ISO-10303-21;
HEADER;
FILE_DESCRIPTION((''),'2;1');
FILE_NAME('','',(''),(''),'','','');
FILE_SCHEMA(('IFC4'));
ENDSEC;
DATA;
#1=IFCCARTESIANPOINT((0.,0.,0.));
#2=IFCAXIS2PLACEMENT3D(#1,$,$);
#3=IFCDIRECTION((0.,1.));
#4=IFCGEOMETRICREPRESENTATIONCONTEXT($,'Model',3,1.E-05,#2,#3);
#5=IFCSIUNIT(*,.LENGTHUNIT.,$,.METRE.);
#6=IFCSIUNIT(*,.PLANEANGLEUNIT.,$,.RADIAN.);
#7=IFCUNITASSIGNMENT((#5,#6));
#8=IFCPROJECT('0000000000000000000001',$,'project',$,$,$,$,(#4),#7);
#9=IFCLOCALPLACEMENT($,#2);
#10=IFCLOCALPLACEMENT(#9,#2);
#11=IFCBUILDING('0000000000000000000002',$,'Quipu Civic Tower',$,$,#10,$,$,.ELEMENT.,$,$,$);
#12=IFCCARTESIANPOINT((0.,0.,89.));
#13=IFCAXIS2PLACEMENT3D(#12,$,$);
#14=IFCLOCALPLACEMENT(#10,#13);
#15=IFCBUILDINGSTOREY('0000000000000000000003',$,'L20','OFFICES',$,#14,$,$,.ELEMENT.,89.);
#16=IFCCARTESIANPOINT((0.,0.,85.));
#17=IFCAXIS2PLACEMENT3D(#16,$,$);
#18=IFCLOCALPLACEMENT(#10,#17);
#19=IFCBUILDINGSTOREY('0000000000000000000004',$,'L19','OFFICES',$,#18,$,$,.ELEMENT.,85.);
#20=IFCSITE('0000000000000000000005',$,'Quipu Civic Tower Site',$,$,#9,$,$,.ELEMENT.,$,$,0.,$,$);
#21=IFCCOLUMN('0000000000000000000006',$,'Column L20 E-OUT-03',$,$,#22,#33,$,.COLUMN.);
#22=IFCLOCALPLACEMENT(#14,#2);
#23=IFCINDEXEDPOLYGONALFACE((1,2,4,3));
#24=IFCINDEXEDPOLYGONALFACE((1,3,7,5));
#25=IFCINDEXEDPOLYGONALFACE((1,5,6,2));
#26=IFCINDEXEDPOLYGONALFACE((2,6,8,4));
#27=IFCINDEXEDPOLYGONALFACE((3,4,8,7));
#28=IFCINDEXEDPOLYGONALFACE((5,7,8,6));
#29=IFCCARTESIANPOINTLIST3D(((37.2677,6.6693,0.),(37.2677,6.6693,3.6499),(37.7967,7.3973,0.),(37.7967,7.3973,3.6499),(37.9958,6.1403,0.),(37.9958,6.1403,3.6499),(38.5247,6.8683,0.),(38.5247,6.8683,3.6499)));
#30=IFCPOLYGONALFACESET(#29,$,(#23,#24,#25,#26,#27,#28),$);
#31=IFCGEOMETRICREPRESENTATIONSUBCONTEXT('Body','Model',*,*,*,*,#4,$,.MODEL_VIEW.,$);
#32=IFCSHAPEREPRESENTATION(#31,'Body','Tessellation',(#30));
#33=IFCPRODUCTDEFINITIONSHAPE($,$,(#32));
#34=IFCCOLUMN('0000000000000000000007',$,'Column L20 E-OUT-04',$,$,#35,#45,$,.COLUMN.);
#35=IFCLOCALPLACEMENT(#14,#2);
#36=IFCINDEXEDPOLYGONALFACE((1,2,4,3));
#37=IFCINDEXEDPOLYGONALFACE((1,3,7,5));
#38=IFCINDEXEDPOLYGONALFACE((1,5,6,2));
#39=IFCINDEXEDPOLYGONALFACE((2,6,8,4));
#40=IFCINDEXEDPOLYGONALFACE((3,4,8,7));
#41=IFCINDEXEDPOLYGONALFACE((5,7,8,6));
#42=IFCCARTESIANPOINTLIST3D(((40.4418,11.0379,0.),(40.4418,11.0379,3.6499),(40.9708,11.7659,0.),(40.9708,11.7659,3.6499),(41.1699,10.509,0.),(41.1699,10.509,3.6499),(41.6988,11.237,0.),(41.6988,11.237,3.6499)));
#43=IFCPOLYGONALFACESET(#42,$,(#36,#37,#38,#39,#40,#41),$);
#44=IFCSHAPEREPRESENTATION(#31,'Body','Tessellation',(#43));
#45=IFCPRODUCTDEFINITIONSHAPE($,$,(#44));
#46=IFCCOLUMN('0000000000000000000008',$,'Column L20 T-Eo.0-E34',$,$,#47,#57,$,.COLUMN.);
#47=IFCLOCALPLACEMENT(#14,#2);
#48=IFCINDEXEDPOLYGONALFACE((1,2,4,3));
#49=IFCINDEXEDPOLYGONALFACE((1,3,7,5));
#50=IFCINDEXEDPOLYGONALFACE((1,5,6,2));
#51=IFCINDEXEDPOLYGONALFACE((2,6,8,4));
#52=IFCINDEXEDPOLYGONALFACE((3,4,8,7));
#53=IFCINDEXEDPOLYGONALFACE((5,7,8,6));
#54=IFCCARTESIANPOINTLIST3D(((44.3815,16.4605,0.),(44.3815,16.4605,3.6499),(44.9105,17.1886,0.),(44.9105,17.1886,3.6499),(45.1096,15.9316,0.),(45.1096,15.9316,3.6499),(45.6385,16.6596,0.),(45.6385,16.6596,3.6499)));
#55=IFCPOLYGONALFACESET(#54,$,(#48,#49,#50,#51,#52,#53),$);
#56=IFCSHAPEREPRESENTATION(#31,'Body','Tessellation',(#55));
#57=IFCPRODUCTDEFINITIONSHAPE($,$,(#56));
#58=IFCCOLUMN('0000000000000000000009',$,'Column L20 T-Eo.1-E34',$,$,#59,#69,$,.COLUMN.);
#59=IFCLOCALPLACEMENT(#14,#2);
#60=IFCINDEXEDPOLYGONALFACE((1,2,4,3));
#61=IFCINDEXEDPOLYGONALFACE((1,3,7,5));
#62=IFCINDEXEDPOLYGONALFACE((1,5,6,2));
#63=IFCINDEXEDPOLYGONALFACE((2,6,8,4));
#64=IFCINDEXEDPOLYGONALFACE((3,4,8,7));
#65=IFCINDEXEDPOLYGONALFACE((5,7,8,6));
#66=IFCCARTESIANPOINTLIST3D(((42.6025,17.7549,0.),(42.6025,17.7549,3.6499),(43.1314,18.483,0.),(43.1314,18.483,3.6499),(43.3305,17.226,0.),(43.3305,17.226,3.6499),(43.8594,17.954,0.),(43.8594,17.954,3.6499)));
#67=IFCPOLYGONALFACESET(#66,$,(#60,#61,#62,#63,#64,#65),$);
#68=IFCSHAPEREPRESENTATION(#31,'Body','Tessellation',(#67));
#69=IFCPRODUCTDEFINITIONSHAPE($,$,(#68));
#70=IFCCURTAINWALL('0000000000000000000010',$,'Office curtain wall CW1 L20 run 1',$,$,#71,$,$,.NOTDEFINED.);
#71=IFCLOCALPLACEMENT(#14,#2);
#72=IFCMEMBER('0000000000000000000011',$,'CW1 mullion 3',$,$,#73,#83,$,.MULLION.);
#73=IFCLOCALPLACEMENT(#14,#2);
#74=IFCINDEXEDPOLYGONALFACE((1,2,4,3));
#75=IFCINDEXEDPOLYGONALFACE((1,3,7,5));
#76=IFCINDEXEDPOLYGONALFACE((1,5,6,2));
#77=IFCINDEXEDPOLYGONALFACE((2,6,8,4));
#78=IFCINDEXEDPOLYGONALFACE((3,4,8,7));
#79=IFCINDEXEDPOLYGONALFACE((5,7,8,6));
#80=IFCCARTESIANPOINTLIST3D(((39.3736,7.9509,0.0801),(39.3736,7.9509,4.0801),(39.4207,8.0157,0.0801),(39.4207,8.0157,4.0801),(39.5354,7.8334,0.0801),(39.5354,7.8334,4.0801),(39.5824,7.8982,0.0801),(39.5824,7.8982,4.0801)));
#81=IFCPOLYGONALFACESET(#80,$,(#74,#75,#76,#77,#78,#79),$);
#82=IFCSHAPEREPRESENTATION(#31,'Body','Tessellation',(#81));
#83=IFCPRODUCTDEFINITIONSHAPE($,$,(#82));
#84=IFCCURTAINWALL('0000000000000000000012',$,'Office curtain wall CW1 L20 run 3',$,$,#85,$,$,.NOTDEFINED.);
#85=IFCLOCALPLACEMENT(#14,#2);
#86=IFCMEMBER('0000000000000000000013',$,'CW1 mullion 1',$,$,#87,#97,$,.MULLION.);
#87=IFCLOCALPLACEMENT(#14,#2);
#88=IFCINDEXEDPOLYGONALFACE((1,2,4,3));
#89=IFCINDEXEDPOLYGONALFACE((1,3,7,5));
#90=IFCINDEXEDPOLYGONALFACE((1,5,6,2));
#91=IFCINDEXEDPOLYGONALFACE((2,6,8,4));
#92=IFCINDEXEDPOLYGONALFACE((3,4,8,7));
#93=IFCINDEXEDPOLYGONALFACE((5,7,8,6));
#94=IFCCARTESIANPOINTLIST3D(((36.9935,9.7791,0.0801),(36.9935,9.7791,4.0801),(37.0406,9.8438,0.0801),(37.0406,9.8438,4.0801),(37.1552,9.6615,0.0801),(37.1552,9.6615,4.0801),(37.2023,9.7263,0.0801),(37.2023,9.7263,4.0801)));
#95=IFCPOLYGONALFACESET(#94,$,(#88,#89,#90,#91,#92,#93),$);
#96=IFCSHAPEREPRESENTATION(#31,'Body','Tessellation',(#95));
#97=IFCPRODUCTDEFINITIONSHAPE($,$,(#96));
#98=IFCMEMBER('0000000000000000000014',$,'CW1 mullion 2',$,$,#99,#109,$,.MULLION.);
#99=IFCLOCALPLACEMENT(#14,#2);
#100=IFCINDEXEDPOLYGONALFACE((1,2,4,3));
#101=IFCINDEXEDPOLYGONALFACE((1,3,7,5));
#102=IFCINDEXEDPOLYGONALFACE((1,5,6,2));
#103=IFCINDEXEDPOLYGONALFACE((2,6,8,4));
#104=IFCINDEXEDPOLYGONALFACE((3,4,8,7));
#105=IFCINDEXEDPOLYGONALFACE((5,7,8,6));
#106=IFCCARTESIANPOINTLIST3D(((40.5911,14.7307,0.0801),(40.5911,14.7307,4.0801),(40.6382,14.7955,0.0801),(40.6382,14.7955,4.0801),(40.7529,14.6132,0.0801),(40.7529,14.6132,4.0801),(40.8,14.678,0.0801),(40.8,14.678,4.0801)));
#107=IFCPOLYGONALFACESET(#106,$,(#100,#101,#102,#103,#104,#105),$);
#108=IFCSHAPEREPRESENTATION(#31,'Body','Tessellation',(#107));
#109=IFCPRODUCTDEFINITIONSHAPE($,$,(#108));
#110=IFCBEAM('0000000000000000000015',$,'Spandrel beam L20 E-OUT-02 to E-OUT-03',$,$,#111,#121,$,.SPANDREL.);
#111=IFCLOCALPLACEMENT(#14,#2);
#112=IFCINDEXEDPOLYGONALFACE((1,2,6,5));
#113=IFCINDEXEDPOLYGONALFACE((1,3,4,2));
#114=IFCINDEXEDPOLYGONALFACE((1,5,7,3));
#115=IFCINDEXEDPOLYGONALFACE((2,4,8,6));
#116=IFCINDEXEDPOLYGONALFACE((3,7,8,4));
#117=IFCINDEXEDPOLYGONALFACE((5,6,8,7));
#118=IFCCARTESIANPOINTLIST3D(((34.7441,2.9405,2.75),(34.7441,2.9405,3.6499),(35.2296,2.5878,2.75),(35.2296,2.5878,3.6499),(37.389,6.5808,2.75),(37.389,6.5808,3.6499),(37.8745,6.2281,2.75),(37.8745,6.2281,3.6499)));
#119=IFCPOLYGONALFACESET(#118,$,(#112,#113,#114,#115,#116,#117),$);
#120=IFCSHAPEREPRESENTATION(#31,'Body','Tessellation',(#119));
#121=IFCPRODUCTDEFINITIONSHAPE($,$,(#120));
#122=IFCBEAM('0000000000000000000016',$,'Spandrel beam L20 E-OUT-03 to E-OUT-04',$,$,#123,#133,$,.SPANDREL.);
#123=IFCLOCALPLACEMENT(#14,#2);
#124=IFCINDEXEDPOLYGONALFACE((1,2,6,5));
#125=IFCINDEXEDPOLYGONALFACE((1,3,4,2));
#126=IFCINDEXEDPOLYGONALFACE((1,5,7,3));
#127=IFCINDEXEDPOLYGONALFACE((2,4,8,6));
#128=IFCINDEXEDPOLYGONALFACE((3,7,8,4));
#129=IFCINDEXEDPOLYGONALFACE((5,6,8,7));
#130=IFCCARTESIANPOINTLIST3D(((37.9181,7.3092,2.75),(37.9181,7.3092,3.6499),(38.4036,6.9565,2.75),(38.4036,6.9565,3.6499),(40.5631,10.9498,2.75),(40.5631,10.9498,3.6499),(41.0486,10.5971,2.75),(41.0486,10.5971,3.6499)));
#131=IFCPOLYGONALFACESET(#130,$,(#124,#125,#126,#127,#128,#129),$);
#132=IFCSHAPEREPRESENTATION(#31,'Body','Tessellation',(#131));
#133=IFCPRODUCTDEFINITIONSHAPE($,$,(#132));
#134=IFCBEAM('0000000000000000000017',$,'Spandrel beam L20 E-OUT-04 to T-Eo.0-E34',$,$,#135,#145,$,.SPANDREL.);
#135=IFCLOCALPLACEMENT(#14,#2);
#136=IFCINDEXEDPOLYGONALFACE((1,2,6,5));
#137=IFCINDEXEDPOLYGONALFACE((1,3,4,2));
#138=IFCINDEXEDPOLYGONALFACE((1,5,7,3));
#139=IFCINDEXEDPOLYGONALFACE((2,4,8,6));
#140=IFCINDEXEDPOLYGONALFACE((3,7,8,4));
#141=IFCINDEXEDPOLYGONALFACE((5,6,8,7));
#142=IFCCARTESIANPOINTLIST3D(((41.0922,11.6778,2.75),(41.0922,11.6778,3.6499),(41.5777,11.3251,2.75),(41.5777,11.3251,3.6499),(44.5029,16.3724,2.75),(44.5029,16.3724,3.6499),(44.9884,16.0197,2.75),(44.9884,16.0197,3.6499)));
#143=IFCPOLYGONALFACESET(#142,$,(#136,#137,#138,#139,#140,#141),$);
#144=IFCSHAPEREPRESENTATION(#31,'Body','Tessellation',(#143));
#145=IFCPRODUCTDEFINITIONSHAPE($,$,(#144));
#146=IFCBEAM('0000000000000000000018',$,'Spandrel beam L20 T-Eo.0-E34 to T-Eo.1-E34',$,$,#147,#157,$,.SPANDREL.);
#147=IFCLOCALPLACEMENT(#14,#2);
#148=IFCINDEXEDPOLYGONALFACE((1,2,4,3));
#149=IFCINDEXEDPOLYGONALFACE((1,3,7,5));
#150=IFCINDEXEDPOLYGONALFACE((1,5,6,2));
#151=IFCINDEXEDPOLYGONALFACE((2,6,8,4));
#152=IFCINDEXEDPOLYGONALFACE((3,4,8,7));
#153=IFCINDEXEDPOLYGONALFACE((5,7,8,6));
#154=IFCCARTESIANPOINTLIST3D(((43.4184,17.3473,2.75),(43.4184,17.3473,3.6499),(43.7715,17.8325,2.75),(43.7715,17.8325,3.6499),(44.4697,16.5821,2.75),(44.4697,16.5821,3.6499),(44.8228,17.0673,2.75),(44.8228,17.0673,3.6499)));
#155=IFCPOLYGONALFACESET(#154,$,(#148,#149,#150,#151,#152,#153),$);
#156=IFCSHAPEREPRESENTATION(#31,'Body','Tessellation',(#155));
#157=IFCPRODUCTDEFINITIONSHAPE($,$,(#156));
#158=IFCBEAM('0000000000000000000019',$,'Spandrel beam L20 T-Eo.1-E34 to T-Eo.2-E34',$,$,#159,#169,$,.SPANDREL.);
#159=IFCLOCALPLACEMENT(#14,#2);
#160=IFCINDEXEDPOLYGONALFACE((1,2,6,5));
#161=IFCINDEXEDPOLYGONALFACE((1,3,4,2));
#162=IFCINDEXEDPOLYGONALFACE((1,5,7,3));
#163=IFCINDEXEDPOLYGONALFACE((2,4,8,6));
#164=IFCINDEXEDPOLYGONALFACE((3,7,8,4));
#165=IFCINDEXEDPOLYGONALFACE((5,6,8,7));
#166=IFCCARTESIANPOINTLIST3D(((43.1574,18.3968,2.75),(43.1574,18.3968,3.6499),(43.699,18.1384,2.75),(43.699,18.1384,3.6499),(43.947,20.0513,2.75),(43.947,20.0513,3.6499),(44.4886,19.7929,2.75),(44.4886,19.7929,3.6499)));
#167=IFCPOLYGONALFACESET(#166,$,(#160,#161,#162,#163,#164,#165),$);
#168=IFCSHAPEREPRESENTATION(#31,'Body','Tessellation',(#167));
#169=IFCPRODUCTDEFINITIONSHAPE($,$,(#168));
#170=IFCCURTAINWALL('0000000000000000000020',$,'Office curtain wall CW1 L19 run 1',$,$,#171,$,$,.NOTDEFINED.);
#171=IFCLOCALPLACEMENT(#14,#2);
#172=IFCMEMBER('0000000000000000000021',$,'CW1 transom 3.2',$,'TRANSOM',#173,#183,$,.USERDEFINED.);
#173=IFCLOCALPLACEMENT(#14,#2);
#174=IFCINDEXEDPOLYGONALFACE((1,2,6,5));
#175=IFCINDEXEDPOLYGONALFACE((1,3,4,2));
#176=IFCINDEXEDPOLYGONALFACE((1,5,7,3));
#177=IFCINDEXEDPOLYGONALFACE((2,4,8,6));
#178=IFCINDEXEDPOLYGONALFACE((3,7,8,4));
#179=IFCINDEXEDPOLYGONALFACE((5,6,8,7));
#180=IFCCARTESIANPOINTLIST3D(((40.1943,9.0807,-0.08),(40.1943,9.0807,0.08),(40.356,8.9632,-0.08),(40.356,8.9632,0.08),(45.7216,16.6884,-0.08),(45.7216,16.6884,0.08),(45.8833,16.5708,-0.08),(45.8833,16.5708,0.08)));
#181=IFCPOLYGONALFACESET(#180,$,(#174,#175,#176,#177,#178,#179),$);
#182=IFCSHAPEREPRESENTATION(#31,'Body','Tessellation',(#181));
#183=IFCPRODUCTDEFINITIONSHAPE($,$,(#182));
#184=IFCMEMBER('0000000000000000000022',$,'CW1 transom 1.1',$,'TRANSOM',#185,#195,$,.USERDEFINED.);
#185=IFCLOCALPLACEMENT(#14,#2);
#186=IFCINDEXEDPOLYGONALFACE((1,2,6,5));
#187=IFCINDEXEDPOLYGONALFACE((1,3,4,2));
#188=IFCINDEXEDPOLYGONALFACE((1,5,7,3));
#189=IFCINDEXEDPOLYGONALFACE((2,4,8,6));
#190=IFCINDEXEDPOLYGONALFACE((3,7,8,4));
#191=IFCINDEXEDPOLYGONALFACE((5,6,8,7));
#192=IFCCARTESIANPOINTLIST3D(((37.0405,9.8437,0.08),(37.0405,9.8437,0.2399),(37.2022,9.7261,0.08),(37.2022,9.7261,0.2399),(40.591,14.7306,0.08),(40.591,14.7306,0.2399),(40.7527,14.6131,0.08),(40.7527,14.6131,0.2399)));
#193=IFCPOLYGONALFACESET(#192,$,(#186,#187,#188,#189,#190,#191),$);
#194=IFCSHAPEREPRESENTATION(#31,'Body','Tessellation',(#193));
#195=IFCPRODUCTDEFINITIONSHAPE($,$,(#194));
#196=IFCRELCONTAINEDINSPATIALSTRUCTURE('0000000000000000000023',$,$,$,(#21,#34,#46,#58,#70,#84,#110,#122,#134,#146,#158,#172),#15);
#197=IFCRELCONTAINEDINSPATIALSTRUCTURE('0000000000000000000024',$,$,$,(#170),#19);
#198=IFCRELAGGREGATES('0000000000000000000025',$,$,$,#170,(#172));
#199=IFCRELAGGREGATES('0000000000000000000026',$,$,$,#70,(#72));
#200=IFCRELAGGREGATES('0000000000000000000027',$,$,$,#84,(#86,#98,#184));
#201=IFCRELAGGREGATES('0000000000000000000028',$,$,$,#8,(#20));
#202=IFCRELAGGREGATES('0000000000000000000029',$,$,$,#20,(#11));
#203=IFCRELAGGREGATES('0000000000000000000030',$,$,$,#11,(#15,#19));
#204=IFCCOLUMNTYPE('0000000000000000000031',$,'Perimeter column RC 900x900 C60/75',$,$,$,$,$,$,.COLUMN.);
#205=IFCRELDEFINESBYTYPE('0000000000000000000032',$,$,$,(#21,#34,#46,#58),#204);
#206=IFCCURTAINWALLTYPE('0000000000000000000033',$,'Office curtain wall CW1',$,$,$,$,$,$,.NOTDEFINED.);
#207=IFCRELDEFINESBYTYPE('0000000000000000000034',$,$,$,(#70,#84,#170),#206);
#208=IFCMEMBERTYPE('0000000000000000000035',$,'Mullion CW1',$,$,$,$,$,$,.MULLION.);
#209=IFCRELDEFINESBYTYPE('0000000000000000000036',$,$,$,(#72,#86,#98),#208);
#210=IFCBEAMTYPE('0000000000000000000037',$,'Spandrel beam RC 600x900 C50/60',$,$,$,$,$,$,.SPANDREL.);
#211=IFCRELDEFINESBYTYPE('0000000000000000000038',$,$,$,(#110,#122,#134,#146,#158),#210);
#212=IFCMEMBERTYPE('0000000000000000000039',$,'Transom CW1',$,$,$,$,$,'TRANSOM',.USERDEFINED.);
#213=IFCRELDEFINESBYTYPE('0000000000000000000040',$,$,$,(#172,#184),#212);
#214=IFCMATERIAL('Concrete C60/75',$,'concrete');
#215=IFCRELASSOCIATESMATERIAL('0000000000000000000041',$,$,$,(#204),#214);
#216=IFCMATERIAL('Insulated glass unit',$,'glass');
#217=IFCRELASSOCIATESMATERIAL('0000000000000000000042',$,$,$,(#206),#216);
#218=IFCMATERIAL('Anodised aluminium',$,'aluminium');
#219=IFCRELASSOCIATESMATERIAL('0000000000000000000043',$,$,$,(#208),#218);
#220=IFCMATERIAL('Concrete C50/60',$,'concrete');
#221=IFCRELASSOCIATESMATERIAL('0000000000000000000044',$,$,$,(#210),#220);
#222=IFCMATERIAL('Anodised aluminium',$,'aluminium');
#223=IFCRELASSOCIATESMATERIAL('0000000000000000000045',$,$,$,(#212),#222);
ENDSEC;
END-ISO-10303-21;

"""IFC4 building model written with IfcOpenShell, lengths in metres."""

from ifc_helpers import new_model, si_unit, direction, frame, origin, origin_2d, place, context, subcontext, project, spatial, rectangle, extrude, material, material_profile, profile_set, type_object, element, aggregate, save


model = new_model("IFC4")

# Units and contexts
model_context = context("Model", 3, precision=1e-05, world=origin(), true_north=direction((0.0, 1.0)))
body_context = subcontext(model_context, "Body", "Model", "MODEL_VIEW")
ifc_project = project(units=[si_unit("LENGTHUNIT", "METRE"), si_unit("PLANEANGLEUNIT", "RADIAN")], contexts=[model_context])

# Site, building, storey
site_placement = place(None, origin())
site = spatial("IfcSite", under=ifc_project, at=site_placement, Name="Quipu Civic Tower Site", CompositionType="ELEMENT", RefElevation=0.0)
building_placement = place(site_placement, origin())
building = spatial("IfcBuilding", under=site, at=building_placement, Name="Quipu Civic Tower", CompositionType="ELEMENT")
storey_1_placement = place(building_placement, frame((0.0, 0.0, 89.0)))
storey_1 = spatial("IfcBuildingStorey", under=building, at=storey_1_placement, Name="L20", Description="OFFICES", CompositionType="ELEMENT", Elevation=89.0)

# Columns
ifc_material_1 = material(Name="Concrete C60/75", Category="concrete")
ifc_material_profile_1 = material_profile(ifc_material_1, rectangle(XDim=0.8999, YDim=0.8999, at=origin_2d()), Name="RC900x900")
ifc_profile_set_1 = profile_set([ifc_material_profile_1], Name="Concrete C60/75")
column_type = type_object("IfcColumnType", Name="Perimeter column RC 900x900 C60/75", PredefinedType="COLUMN", material=ifc_profile_set_1)
for number, where, z_axis, x_axis, name in (
    (1, (37.8962, 6.7688, 0.0), (0.0, 0.0, 1.0), (0.587785, 0.809017, 0.0), "Column L20 E-OUT-03"),
    (2, (41.0703, 11.1375, 0.0), (0.0, 0.0, 1.0), (0.587785, 0.809017, 0.0), "Column L20 E-OUT-04"),
    (3, (45.01, 16.5601, 0.0), (0.0, 0.0, 1.0), (0.587785, 0.809017, 0.0), "Column L20 T-Eo.0-E34"),
    (4, (43.231, 17.8545, 0.0), (0.0, 0.0, 1.0), (0.587785, 0.809017, 0.0), "Column L20 T-Eo.1-E34"),
):
    element("IfcColumn", number, at=place(storey_1_placement, frame(where, z_axis=z_axis, x_axis=x_axis)), inside=storey_1, type_object=column_type, Name=name, PredefinedType="COLUMN", context=body_context, shape_type="SweptSolid", body=[
        extrude(rectangle(XDim=0.8999, YDim=0.8999, at=origin_2d()), origin(), (0.0, 0.0, 1.0), 3.6499),
    ])

# Curtain wall, member
ifc_material_2 = material(Name="Insulated glass unit", Category="glass")
curtain_wall_type = type_object("IfcCurtainWallType", Name="Office curtain wall CW1", PredefinedType="NOTDEFINED", material=ifc_material_2)
curtain_wall_1_placement = place(storey_1_placement, origin())
curtain_wall_1 = element("IfcCurtainWall", 5, at=curtain_wall_1_placement, inside=storey_1, type_object=curtain_wall_type, Name="Office curtain wall CW1 L20 run 1", PredefinedType="NOTDEFINED")
ifc_material_3 = material(Name="Anodised aluminium", Category="aluminium")
ifc_material_profile_2 = material_profile(ifc_material_3, rectangle(XDim=0.2, YDim=0.0801, at=origin_2d()), Name="RECT 200x80")
ifc_profile_set_2 = profile_set([ifc_material_profile_2], Name="Anodised aluminium")
member_type_1 = type_object("IfcMemberType", Name="Mullion CW1", PredefinedType="MULLION", material=ifc_profile_set_2)
member_1_placement = place(storey_1_placement, frame((39.478, 7.9246, 0.0801), z_axis=(0.0, 0.0, 1.0), x_axis=(-0.809016, 0.587786, 0.0)))
member_1 = element("IfcMember", 6, at=member_1_placement, type_object=member_type_1, Name="CW1 mullion 3", PredefinedType="MULLION", context=body_context, shape_type="SweptSolid", body=[
    extrude(rectangle(XDim=0.2, YDim=0.0801, at=origin_2d()), origin(), (0.0, 0.0, 1.0), 4.0),
])

# Curtain wall, members
curtain_wall_2_placement = place(storey_1_placement, origin())
curtain_wall_2 = element("IfcCurtainWall", 7, at=curtain_wall_2_placement, inside=storey_1, type_object=curtain_wall_type, Name="Office curtain wall CW1 L20 run 3", PredefinedType="NOTDEFINED")
member_2_placement = place(storey_1_placement, frame((37.0979, 9.7527, 0.0801), z_axis=(0.0, 0.0, 1.0), x_axis=(-0.809014, 0.58779, 0.0)))
member_2 = element("IfcMember", 8, at=member_2_placement, type_object=member_type_1, Name="CW1 mullion 1", PredefinedType="MULLION", context=body_context, shape_type="SweptSolid", body=[
    extrude(rectangle(XDim=0.2, YDim=0.0801, at=origin_2d()), origin(), (0.0, 0.0, 1.0), 4.0),
])
member_3_placement = place(storey_1_placement, frame((40.6956, 14.7043, 0.0801), z_axis=(0.0, 0.0, 1.0), x_axis=(-0.809014, 0.58779, 0.0)))
member_3 = element("IfcMember", 9, at=member_3_placement, type_object=member_type_1, Name="CW1 mullion 2", PredefinedType="MULLION", context=body_context, shape_type="SweptSolid", body=[
    extrude(rectangle(XDim=0.2, YDim=0.0801, at=origin_2d()), origin(), (0.0, 0.0, 1.0), 4.0),
])

# Beams
ifc_material_4 = material(Name="Concrete C50/60", Category="concrete")
ifc_material_profile_3 = material_profile(ifc_material_4, rectangle(XDim=0.6001, YDim=0.8999, at=origin_2d()), Name="RC600x900")
ifc_profile_set_3 = profile_set([ifc_material_profile_3], Name="Concrete C50/60")
beam_type = type_object("IfcBeamType", Name="Spandrel beam RC 600x900 C50/60", PredefinedType="SPANDREL", material=ifc_profile_set_3)
beam_1_placement = place(storey_1_placement, frame((34.9868, 2.7642, 3.2), z_axis=(0.587804, 0.809003, 0.0), x_axis=(-0.809003, 0.587804, 0.0)))
element("IfcBeam", 10, at=beam_1_placement, inside=storey_1, type_object=beam_type, Name="Spandrel beam L20 E-OUT-02 to E-OUT-03", PredefinedType="SPANDREL", context=body_context, shape_type="SweptSolid", body=[
    extrude(rectangle(XDim=0.6001, YDim=0.8999, at=origin_2d()), origin(), (0.0, 0.0, 1.0), 4.4998),
])
beam_2_placement = place(storey_1_placement, frame((38.1609, 7.1328, 3.2), z_axis=(0.587778, 0.809022, 0.0), x_axis=(-0.809022, 0.587778, 0.0)))
element("IfcBeam", 11, at=beam_2_placement, inside=storey_1, type_object=beam_type, Name="Spandrel beam L20 E-OUT-03 to E-OUT-04", PredefinedType="SPANDREL", context=body_context, shape_type="SweptSolid", body=[
    extrude(rectangle(XDim=0.6001, YDim=0.8999, at=origin_2d()), origin(), (0.0, 0.0, 1.0), 4.5),
])
beam_3_placement = place(storey_1_placement, frame((41.335, 11.5015, 3.2), z_axis=(0.587766, 0.809031, 0.0), x_axis=(-0.809031, 0.587766, 0.0)))
element("IfcBeam", 12, at=beam_3_placement, inside=storey_1, type_object=beam_type, Name="Spandrel beam L20 E-OUT-04 to T-Eo.0-E34", PredefinedType="SPANDREL", context=body_context, shape_type="SweptSolid", body=[
    extrude(rectangle(XDim=0.6001, YDim=0.8999, at=origin_2d()), origin(), (0.0, 0.0, 1.0), 5.8027),
])
beam_4_placement = place(storey_1_placement, frame((44.6462, 16.8247, 3.2), z_axis=(-0.808525, 0.588462, 0.0), x_axis=(-0.588462, -0.808525, 0.0)))
element("IfcBeam", 13, at=beam_4_placement, inside=storey_1, type_object=beam_type, Name="Spandrel beam L20 T-Eo.0-E34 to T-Eo.1-E34", PredefinedType="SPANDREL", context=body_context, shape_type="SweptSolid", body=[
    extrude(rectangle(XDim=0.6001, YDim=0.8999, at=origin_2d()), origin(), (0.0, 0.0, 1.0), 1.3003),
])
beam_5_placement = place(storey_1_placement, frame((43.4282, 18.2676, 3.2), z_axis=(0.430678, 0.902506, 0.0), x_axis=(-0.902506, 0.430678, 0.0)))
element("IfcBeam", 14, at=beam_5_placement, inside=storey_1, type_object=beam_type, Name="Spandrel beam L20 T-Eo.1-E34 to T-Eo.2-E34", PredefinedType="SPANDREL", context=body_context, shape_type="SweptSolid", body=[
    extrude(rectangle(XDim=0.6001, YDim=0.8999, at=origin_2d()), origin(), (0.0, 0.0, 1.0), 1.8333),
])

# Shared definitions
storey_2_placement = place(building_placement, frame((0.0, 0.0, 85.0)))
storey_2 = spatial("IfcBuildingStorey", under=building, at=storey_2_placement, Name="L19", Description="OFFICES", CompositionType="ELEMENT", Elevation=85.0)

# Curtain wall, member
curtain_wall_3_placement = place(storey_2_placement, origin())
curtain_wall_3 = element("IfcCurtainWall", 15, at=curtain_wall_3_placement, inside=storey_2, type_object=curtain_wall_type, Name="Office curtain wall CW1 L19 run 1", PredefinedType="NOTDEFINED")
ifc_material_5 = material(Name="Anodised aluminium", Category="aluminium")
ifc_material_profile_4 = material_profile(ifc_material_5, rectangle(XDim=0.2, YDim=0.1599, at=origin_2d()), Name="RECT 200x160")
ifc_profile_set_4 = profile_set([ifc_material_profile_4], Name="Anodised aluminium")
member_type_2 = type_object("IfcMemberType", Name="Transom CW1", ElementType="TRANSOM", PredefinedType="USERDEFINED", material=ifc_profile_set_4)
member_4_placement = place(storey_1_placement, frame((40.2751, 9.022, 0.0), z_axis=(0.587789, 0.809014, 0.0), x_axis=(-0.809014, 0.587789, 0.0)))
member_4 = element("IfcMember", 16, at=member_4_placement, inside=storey_1, type_object=member_type_2, Name="CW1 transom 3.2", ObjectType="TRANSOM", PredefinedType="USERDEFINED", context=body_context, shape_type="SweptSolid", body=[
    extrude(rectangle(XDim=0.2, YDim=0.1599, at=origin_2d()), origin(), (0.0, 0.0, 1.0), 9.4036),
])
aggregate(curtain_wall_3, [member_4])

# Member
member_5_placement = place(storey_1_placement, frame((37.1213, 9.7849, 0.1599), z_axis=(0.58778, 0.809021, 0.0), x_axis=(-0.809021, 0.58778, 0.0)))
member_5 = element("IfcMember", 17, at=member_5_placement, type_object=member_type_2, Name="CW1 transom 1.1", ObjectType="TRANSOM", PredefinedType="USERDEFINED", context=body_context, shape_type="SweptSolid", body=[
    extrude(rectangle(XDim=0.2, YDim=0.1599, at=origin_2d()), origin(), (0.0, 0.0, 1.0), 6.0405),
])

aggregate(curtain_wall_1, [member_1])
aggregate(curtain_wall_2, [member_2, member_3, member_5])

save(model, "model.ifc")
